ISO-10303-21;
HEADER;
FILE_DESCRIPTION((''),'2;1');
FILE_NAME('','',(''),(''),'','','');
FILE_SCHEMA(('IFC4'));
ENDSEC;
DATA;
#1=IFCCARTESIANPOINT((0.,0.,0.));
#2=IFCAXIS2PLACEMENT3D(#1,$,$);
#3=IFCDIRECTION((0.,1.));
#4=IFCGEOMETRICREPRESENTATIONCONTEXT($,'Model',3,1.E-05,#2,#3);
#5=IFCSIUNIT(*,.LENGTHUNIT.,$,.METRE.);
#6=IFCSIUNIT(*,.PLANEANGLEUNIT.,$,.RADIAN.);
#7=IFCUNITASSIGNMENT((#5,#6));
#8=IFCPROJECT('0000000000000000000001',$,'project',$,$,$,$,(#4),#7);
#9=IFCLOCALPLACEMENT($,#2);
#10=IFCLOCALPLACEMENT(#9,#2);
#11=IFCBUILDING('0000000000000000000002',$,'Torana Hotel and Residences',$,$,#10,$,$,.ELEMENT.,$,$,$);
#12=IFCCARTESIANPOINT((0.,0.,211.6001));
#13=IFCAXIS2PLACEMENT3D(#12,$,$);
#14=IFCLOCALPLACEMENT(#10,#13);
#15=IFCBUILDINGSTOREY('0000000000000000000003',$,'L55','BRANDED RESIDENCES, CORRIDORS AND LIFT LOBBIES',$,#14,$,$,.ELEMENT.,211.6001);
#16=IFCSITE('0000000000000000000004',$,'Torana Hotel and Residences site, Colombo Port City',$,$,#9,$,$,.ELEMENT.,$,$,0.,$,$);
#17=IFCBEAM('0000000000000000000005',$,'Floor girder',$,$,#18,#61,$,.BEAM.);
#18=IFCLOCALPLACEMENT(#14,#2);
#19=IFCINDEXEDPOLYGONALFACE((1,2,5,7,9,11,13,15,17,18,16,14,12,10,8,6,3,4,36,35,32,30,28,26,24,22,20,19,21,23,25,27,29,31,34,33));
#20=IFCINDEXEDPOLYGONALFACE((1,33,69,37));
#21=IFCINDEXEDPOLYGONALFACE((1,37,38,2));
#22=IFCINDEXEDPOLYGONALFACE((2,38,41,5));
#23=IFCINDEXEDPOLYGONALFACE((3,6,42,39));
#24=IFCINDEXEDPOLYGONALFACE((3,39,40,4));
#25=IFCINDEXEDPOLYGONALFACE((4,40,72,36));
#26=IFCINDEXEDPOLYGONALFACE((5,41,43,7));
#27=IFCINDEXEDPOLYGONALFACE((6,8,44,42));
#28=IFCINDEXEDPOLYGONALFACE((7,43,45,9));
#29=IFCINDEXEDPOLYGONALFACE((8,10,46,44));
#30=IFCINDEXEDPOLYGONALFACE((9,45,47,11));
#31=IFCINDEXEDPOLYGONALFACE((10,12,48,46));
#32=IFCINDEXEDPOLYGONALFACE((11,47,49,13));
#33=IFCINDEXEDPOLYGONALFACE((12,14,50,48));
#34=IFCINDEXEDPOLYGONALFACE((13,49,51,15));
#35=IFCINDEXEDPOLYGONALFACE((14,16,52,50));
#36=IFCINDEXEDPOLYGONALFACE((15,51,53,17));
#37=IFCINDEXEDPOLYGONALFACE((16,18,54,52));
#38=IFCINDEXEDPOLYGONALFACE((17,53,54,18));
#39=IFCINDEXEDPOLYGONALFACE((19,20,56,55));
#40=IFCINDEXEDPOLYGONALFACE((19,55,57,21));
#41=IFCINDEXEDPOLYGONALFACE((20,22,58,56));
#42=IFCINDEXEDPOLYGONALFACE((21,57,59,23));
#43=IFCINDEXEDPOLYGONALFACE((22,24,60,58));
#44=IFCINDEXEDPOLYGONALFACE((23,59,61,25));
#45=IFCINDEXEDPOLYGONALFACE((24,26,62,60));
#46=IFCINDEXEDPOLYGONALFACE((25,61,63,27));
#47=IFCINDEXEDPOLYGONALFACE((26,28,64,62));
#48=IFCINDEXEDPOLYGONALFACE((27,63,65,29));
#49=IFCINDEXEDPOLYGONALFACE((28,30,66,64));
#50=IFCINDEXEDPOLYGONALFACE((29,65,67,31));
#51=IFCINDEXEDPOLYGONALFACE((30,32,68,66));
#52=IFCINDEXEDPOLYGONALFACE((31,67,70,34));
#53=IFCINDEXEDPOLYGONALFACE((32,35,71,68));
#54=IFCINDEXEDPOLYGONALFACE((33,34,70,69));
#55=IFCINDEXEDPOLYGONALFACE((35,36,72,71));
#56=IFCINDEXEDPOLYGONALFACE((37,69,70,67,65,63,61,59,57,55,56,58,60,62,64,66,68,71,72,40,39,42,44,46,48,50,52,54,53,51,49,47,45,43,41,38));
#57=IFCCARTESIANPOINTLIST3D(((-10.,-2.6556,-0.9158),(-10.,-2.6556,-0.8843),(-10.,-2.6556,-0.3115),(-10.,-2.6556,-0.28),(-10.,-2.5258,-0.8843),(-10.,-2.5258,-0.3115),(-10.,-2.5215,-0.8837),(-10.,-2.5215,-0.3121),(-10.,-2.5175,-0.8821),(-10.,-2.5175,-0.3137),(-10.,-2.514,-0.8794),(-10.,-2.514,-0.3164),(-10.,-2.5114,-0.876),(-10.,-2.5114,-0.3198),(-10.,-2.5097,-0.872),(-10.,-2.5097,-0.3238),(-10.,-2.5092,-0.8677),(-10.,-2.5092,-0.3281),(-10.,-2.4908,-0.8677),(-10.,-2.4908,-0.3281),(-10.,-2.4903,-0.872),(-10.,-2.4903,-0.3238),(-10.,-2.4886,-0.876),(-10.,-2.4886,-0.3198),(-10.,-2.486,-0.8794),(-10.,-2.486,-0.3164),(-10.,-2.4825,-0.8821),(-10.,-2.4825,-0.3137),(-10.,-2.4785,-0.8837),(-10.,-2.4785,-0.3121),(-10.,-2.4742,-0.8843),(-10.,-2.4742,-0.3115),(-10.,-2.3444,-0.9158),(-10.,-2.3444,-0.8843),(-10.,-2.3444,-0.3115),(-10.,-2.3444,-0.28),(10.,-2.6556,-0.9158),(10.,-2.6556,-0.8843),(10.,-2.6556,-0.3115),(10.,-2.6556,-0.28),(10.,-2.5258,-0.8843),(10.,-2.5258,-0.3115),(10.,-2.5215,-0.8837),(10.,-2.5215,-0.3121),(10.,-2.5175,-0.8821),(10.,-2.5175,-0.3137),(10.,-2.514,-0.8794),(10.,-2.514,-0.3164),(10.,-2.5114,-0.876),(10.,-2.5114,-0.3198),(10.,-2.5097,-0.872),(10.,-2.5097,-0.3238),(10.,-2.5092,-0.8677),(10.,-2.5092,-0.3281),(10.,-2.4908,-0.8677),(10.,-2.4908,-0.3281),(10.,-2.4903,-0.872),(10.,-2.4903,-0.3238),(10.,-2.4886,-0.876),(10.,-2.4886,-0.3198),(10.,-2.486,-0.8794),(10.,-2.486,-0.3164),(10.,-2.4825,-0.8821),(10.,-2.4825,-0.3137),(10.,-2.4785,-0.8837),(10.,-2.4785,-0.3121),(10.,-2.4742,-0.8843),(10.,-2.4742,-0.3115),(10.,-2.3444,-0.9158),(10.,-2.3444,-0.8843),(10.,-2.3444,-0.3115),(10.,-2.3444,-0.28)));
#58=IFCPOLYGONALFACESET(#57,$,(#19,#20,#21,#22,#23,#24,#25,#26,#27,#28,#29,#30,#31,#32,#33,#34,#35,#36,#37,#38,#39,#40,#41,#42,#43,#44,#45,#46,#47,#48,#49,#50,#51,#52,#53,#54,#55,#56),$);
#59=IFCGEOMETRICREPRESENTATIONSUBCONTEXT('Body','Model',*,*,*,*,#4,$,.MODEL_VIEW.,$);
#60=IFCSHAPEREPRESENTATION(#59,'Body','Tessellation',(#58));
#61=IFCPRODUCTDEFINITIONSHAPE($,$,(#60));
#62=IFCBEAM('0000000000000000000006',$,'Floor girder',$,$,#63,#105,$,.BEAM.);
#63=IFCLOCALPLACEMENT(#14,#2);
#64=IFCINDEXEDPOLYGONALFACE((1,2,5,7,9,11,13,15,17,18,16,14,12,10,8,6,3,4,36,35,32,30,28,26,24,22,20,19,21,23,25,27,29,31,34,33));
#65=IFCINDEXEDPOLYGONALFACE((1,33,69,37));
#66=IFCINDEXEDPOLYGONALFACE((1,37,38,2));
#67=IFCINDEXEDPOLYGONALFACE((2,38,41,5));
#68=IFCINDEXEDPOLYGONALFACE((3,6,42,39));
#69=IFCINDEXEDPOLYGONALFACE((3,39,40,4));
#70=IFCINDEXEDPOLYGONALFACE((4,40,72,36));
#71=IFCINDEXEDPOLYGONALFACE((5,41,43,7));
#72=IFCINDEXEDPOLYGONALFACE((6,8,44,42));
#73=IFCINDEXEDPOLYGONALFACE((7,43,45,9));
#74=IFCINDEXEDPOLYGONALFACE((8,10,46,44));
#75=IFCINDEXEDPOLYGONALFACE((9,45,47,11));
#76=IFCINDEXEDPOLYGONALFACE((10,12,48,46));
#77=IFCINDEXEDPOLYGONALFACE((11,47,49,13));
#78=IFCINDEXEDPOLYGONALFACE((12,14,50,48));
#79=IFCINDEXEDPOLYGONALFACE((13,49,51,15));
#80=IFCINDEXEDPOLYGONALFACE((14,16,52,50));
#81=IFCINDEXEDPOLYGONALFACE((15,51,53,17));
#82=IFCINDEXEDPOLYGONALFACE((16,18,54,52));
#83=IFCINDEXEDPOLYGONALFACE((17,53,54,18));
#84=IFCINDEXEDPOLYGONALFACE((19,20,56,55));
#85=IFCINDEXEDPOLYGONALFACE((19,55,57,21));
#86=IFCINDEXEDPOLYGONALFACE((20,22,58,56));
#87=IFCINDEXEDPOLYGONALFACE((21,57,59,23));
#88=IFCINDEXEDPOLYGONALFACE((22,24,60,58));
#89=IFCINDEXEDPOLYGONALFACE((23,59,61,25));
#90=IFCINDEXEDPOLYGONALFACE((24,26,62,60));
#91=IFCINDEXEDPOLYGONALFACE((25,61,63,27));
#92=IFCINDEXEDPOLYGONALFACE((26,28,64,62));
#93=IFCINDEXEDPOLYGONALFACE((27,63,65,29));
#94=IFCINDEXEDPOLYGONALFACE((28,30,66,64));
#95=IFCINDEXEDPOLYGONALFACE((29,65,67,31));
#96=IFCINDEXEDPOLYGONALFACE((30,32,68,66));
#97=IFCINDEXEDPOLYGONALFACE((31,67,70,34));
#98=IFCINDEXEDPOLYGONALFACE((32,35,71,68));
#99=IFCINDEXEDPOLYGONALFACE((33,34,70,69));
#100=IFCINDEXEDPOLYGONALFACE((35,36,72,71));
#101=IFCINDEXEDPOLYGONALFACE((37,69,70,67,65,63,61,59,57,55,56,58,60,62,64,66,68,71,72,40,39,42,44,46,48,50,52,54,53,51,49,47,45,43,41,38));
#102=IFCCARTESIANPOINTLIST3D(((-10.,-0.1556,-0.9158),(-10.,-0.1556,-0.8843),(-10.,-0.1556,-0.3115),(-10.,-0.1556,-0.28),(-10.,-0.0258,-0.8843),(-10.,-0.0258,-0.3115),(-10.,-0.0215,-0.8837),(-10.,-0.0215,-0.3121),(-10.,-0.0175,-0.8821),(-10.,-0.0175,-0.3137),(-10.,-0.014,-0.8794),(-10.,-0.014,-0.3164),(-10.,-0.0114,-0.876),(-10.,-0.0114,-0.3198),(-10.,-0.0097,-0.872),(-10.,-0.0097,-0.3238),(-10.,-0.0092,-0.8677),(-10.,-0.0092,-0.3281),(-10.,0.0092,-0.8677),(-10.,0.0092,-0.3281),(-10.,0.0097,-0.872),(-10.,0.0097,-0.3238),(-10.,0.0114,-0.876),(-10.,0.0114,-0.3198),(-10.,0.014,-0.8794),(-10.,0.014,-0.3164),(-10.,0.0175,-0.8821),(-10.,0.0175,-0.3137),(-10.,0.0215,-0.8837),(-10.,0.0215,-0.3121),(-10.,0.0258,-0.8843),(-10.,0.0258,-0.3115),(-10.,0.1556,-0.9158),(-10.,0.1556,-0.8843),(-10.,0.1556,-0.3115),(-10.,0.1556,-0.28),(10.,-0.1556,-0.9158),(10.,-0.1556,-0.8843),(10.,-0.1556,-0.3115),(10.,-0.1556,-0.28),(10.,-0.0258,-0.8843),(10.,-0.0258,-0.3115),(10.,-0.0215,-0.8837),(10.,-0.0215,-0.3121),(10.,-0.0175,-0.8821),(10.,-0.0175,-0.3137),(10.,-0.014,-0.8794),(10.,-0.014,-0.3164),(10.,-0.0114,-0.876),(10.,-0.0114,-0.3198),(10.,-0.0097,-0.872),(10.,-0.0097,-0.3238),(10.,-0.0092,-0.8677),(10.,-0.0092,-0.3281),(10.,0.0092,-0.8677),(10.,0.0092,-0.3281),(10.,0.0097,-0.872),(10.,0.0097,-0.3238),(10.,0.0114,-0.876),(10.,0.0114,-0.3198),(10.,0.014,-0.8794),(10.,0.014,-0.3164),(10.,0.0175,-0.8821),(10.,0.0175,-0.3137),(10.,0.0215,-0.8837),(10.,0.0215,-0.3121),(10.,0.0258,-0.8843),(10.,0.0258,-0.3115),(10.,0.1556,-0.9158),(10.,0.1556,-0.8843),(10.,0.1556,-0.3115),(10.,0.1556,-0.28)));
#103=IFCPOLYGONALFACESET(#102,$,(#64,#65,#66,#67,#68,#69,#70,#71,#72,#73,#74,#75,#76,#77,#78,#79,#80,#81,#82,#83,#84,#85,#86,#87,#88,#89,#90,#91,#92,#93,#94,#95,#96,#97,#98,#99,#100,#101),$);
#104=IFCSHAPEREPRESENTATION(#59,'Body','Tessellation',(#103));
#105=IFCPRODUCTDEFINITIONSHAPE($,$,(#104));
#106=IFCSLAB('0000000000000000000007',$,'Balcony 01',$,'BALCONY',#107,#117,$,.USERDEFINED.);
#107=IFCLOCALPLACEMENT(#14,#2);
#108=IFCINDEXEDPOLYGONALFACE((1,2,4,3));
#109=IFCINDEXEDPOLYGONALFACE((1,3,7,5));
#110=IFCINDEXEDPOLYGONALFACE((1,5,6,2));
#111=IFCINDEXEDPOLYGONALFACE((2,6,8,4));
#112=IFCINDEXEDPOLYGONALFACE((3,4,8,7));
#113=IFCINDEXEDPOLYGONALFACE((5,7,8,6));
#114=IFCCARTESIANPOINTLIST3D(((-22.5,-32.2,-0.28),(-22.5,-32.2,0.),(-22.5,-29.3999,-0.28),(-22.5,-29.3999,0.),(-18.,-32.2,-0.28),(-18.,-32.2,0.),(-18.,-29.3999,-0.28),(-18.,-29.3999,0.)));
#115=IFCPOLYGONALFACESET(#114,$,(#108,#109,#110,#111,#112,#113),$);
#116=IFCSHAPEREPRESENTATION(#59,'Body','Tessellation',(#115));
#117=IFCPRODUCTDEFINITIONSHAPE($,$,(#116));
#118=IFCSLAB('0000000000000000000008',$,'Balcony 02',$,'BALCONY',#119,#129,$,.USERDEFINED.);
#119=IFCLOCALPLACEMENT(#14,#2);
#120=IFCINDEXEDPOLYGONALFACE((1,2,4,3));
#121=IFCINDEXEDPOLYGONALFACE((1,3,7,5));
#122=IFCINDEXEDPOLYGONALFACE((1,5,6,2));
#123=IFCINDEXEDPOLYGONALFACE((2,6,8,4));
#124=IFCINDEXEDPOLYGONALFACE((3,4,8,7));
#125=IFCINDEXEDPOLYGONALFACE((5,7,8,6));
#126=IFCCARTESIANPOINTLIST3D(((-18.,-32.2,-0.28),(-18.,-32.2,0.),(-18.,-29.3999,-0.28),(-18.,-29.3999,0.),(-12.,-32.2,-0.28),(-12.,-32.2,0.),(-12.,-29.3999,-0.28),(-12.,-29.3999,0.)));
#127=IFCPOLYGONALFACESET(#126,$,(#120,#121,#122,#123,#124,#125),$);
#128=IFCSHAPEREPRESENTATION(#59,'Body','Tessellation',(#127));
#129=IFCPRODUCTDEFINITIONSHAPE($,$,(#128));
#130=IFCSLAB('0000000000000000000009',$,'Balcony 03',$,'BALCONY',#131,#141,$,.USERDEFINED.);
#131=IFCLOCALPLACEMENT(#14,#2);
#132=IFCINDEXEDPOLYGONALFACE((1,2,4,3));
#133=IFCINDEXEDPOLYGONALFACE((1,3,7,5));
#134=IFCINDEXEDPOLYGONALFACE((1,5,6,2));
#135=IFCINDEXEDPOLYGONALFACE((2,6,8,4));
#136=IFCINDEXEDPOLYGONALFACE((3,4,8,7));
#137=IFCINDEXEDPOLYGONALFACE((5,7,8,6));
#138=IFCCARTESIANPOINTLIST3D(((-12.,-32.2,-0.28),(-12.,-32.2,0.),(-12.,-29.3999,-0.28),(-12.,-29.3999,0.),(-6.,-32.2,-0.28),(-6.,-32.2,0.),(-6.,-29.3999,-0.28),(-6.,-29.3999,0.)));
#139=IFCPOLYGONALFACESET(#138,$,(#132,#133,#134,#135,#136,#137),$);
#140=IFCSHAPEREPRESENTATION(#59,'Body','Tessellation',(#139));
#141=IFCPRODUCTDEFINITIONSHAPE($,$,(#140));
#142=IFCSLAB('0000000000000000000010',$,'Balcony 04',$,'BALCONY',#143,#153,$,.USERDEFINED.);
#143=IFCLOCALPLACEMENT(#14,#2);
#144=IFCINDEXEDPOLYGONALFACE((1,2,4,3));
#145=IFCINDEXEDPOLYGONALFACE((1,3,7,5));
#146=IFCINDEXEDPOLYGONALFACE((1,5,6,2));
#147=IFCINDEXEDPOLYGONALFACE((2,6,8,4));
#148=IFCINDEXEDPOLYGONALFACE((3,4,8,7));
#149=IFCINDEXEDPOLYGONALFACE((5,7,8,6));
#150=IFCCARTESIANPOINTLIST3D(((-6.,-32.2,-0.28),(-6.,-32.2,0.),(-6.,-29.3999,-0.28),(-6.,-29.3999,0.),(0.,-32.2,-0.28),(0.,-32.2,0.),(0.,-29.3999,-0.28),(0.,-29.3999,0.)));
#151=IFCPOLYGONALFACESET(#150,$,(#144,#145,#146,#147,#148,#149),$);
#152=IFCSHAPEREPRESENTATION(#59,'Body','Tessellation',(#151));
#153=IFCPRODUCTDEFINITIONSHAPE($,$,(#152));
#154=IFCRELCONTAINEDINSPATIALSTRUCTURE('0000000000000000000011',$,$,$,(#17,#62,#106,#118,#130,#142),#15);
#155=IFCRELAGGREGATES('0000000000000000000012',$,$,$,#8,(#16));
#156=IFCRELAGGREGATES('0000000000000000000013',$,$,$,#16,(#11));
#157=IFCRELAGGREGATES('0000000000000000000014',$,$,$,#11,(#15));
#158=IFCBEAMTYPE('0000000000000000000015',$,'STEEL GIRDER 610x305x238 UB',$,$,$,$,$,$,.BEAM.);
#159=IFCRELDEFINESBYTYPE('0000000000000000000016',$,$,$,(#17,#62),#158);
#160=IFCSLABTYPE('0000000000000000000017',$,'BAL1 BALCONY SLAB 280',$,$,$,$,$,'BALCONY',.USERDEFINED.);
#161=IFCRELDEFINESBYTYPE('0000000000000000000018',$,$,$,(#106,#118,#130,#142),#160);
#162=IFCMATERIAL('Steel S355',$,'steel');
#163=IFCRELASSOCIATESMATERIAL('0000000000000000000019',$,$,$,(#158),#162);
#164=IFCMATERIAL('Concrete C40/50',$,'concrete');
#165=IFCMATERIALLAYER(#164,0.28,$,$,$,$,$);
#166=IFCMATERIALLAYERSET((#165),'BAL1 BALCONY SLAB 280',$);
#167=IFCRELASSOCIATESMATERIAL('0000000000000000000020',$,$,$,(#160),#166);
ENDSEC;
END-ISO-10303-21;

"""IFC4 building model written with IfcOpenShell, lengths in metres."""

from ifc_helpers import new_model, si_unit, direction, frame, origin, origin_2d, place, context, subcontext, project, spatial, polyline, i_section, outline, extrude, material, layer, layer_set, material_profile, profile_set, type_object, element, save


model = new_model("IFC4")

# Units and contexts
model_context = context("Model", 3, precision=1e-05, world=origin(), true_north=direction((0.0, 1.0)))
body_context = subcontext(model_context, "Body", "Model", "MODEL_VIEW")
ifc_project = project(units=[si_unit("LENGTHUNIT", "METRE"), si_unit("PLANEANGLEUNIT", "RADIAN")], contexts=[model_context])

# Site, building, storey
site_placement = place(None, origin())
site = spatial("IfcSite", under=ifc_project, at=site_placement, Name="Torana Hotel and Residences site, Colombo Port City", CompositionType="ELEMENT", RefElevation=0.0)
building_placement = place(site_placement, origin())
building = spatial("IfcBuilding", under=site, at=building_placement, Name="Torana Hotel and Residences", CompositionType="ELEMENT")
storey_placement = place(building_placement, frame((0.0, 0.0, 211.6001)))
storey = spatial("IfcBuildingStorey", under=building, at=storey_placement, Name="L55", Description="BRANDED RESIDENCES, CORRIDORS AND LIFT LOBBIES", CompositionType="ELEMENT", Elevation=211.6001)

# Beams
ifc_material_1 = material(Name="Steel S355", Category="steel")
ifc_material_profile = material_profile(ifc_material_1, i_section(OverallWidth=0.3113, OverallDepth=0.6357, WebThickness=0.0183, FlangeThickness=0.0315, FilletRadius=0.0166, at=origin_2d()), Name="610x305x238 UB")
ifc_profile_set = profile_set([ifc_material_profile], Name="Steel S355")
beam_type = type_object("IfcBeamType", Name="STEEL GIRDER 610x305x238 UB", PredefinedType="BEAM", material=ifc_profile_set)
for number, where, z_axis, x_axis, name in (
    (1, (-10.0, -2.5, -0.5979), (1.0, 0.0, 0.0), (0.0, 1.0, 0.0), "Floor girder"),
    (2, (-10.0, 0.0, -0.5979), (1.0, 0.0, 0.0), (0.0, 1.0, 0.0), "Floor girder"),
):
    element("IfcBeam", number, at=place(storey_placement, frame(where, z_axis=z_axis, x_axis=x_axis)), inside=storey, type_object=beam_type, Name=name, PredefinedType="BEAM", context=body_context, shape_type="SweptSolid", body=[
        extrude(i_section(OverallWidth=0.3113, OverallDepth=0.6357, WebThickness=0.0183, FlangeThickness=0.0315, FilletRadius=0.0166, at=origin_2d()), origin(), (0.0, 0.0, 1.0), 20.0),
    ])

# Slabs
ifc_material_2 = material(Name="Concrete C40/50", Category="concrete")
ifc_layer_1 = layer(ifc_material_2, 0.28)
ifc_layer_set_1 = layer_set([ifc_layer_1], Name="BAL1 BALCONY SLAB 280")
slab_type_1 = type_object("IfcSlabType", Name="BAL1 BALCONY SLAB 280", ElementType="BALCONY", PredefinedType="USERDEFINED", material=ifc_layer_set_1)
slab_1_placement = place(storey_placement, frame((0.0, 0.0, -0.28)))
element("IfcSlab", 3, at=slab_1_placement, inside=storey, type_object=slab_type_1, Name="Balcony 01", ObjectType="BALCONY", PredefinedType="USERDEFINED", context=body_context, shape_type="SweptSolid", body=[
    extrude(outline(polyline([(-22.5, -32.2), (-18.0, -32.2), (-18.0, -29.3999), (-22.5, -29.3999), (-22.5, -32.2)])), origin(), (0.0, 0.0, 1.0), 0.28),
])
slab_2_placement = place(storey_placement, frame((0.0, 0.0, -0.28)))
element("IfcSlab", 4, at=slab_2_placement, inside=storey, type_object=slab_type_1, Name="Balcony 02", ObjectType="BALCONY", PredefinedType="USERDEFINED", context=body_context, shape_type="SweptSolid", body=[
    extrude(outline(polyline([(-18.0, -32.2), (-12.0, -32.2), (-12.0, -29.3999), (-18.0, -29.3999), (-18.0, -32.2)])), origin(), (0.0, 0.0, 1.0), 0.28),
])
slab_3_placement = place(storey_placement, frame((0.0, 0.0, -0.28)))
element("IfcSlab", 5, at=slab_3_placement, inside=storey, type_object=slab_type_1, Name="Balcony 03", ObjectType="BALCONY", PredefinedType="USERDEFINED", context=body_context, shape_type="SweptSolid", body=[
    extrude(outline(polyline([(-12.0, -32.2), (-6.0, -32.2), (-6.0, -29.3999), (-12.0, -29.3999), (-12.0, -32.2)])), origin(), (0.0, 0.0, 1.0), 0.28),
])
slab_4_placement = place(storey_placement, frame((0.0, 0.0, -0.28)))
element("IfcSlab", 6, at=slab_4_placement, inside=storey, type_object=slab_type_1, Name="Balcony 04", ObjectType="BALCONY", PredefinedType="USERDEFINED", context=body_context, shape_type="SweptSolid", body=[
    extrude(outline(polyline([(-6.0, -32.2), (0.0, -32.2), (0.0, -29.3999), (-6.0, -29.3999), (-6.0, -32.2)])), origin(), (0.0, 0.0, 1.0), 0.28),
])

save(model, "model.ifc")
